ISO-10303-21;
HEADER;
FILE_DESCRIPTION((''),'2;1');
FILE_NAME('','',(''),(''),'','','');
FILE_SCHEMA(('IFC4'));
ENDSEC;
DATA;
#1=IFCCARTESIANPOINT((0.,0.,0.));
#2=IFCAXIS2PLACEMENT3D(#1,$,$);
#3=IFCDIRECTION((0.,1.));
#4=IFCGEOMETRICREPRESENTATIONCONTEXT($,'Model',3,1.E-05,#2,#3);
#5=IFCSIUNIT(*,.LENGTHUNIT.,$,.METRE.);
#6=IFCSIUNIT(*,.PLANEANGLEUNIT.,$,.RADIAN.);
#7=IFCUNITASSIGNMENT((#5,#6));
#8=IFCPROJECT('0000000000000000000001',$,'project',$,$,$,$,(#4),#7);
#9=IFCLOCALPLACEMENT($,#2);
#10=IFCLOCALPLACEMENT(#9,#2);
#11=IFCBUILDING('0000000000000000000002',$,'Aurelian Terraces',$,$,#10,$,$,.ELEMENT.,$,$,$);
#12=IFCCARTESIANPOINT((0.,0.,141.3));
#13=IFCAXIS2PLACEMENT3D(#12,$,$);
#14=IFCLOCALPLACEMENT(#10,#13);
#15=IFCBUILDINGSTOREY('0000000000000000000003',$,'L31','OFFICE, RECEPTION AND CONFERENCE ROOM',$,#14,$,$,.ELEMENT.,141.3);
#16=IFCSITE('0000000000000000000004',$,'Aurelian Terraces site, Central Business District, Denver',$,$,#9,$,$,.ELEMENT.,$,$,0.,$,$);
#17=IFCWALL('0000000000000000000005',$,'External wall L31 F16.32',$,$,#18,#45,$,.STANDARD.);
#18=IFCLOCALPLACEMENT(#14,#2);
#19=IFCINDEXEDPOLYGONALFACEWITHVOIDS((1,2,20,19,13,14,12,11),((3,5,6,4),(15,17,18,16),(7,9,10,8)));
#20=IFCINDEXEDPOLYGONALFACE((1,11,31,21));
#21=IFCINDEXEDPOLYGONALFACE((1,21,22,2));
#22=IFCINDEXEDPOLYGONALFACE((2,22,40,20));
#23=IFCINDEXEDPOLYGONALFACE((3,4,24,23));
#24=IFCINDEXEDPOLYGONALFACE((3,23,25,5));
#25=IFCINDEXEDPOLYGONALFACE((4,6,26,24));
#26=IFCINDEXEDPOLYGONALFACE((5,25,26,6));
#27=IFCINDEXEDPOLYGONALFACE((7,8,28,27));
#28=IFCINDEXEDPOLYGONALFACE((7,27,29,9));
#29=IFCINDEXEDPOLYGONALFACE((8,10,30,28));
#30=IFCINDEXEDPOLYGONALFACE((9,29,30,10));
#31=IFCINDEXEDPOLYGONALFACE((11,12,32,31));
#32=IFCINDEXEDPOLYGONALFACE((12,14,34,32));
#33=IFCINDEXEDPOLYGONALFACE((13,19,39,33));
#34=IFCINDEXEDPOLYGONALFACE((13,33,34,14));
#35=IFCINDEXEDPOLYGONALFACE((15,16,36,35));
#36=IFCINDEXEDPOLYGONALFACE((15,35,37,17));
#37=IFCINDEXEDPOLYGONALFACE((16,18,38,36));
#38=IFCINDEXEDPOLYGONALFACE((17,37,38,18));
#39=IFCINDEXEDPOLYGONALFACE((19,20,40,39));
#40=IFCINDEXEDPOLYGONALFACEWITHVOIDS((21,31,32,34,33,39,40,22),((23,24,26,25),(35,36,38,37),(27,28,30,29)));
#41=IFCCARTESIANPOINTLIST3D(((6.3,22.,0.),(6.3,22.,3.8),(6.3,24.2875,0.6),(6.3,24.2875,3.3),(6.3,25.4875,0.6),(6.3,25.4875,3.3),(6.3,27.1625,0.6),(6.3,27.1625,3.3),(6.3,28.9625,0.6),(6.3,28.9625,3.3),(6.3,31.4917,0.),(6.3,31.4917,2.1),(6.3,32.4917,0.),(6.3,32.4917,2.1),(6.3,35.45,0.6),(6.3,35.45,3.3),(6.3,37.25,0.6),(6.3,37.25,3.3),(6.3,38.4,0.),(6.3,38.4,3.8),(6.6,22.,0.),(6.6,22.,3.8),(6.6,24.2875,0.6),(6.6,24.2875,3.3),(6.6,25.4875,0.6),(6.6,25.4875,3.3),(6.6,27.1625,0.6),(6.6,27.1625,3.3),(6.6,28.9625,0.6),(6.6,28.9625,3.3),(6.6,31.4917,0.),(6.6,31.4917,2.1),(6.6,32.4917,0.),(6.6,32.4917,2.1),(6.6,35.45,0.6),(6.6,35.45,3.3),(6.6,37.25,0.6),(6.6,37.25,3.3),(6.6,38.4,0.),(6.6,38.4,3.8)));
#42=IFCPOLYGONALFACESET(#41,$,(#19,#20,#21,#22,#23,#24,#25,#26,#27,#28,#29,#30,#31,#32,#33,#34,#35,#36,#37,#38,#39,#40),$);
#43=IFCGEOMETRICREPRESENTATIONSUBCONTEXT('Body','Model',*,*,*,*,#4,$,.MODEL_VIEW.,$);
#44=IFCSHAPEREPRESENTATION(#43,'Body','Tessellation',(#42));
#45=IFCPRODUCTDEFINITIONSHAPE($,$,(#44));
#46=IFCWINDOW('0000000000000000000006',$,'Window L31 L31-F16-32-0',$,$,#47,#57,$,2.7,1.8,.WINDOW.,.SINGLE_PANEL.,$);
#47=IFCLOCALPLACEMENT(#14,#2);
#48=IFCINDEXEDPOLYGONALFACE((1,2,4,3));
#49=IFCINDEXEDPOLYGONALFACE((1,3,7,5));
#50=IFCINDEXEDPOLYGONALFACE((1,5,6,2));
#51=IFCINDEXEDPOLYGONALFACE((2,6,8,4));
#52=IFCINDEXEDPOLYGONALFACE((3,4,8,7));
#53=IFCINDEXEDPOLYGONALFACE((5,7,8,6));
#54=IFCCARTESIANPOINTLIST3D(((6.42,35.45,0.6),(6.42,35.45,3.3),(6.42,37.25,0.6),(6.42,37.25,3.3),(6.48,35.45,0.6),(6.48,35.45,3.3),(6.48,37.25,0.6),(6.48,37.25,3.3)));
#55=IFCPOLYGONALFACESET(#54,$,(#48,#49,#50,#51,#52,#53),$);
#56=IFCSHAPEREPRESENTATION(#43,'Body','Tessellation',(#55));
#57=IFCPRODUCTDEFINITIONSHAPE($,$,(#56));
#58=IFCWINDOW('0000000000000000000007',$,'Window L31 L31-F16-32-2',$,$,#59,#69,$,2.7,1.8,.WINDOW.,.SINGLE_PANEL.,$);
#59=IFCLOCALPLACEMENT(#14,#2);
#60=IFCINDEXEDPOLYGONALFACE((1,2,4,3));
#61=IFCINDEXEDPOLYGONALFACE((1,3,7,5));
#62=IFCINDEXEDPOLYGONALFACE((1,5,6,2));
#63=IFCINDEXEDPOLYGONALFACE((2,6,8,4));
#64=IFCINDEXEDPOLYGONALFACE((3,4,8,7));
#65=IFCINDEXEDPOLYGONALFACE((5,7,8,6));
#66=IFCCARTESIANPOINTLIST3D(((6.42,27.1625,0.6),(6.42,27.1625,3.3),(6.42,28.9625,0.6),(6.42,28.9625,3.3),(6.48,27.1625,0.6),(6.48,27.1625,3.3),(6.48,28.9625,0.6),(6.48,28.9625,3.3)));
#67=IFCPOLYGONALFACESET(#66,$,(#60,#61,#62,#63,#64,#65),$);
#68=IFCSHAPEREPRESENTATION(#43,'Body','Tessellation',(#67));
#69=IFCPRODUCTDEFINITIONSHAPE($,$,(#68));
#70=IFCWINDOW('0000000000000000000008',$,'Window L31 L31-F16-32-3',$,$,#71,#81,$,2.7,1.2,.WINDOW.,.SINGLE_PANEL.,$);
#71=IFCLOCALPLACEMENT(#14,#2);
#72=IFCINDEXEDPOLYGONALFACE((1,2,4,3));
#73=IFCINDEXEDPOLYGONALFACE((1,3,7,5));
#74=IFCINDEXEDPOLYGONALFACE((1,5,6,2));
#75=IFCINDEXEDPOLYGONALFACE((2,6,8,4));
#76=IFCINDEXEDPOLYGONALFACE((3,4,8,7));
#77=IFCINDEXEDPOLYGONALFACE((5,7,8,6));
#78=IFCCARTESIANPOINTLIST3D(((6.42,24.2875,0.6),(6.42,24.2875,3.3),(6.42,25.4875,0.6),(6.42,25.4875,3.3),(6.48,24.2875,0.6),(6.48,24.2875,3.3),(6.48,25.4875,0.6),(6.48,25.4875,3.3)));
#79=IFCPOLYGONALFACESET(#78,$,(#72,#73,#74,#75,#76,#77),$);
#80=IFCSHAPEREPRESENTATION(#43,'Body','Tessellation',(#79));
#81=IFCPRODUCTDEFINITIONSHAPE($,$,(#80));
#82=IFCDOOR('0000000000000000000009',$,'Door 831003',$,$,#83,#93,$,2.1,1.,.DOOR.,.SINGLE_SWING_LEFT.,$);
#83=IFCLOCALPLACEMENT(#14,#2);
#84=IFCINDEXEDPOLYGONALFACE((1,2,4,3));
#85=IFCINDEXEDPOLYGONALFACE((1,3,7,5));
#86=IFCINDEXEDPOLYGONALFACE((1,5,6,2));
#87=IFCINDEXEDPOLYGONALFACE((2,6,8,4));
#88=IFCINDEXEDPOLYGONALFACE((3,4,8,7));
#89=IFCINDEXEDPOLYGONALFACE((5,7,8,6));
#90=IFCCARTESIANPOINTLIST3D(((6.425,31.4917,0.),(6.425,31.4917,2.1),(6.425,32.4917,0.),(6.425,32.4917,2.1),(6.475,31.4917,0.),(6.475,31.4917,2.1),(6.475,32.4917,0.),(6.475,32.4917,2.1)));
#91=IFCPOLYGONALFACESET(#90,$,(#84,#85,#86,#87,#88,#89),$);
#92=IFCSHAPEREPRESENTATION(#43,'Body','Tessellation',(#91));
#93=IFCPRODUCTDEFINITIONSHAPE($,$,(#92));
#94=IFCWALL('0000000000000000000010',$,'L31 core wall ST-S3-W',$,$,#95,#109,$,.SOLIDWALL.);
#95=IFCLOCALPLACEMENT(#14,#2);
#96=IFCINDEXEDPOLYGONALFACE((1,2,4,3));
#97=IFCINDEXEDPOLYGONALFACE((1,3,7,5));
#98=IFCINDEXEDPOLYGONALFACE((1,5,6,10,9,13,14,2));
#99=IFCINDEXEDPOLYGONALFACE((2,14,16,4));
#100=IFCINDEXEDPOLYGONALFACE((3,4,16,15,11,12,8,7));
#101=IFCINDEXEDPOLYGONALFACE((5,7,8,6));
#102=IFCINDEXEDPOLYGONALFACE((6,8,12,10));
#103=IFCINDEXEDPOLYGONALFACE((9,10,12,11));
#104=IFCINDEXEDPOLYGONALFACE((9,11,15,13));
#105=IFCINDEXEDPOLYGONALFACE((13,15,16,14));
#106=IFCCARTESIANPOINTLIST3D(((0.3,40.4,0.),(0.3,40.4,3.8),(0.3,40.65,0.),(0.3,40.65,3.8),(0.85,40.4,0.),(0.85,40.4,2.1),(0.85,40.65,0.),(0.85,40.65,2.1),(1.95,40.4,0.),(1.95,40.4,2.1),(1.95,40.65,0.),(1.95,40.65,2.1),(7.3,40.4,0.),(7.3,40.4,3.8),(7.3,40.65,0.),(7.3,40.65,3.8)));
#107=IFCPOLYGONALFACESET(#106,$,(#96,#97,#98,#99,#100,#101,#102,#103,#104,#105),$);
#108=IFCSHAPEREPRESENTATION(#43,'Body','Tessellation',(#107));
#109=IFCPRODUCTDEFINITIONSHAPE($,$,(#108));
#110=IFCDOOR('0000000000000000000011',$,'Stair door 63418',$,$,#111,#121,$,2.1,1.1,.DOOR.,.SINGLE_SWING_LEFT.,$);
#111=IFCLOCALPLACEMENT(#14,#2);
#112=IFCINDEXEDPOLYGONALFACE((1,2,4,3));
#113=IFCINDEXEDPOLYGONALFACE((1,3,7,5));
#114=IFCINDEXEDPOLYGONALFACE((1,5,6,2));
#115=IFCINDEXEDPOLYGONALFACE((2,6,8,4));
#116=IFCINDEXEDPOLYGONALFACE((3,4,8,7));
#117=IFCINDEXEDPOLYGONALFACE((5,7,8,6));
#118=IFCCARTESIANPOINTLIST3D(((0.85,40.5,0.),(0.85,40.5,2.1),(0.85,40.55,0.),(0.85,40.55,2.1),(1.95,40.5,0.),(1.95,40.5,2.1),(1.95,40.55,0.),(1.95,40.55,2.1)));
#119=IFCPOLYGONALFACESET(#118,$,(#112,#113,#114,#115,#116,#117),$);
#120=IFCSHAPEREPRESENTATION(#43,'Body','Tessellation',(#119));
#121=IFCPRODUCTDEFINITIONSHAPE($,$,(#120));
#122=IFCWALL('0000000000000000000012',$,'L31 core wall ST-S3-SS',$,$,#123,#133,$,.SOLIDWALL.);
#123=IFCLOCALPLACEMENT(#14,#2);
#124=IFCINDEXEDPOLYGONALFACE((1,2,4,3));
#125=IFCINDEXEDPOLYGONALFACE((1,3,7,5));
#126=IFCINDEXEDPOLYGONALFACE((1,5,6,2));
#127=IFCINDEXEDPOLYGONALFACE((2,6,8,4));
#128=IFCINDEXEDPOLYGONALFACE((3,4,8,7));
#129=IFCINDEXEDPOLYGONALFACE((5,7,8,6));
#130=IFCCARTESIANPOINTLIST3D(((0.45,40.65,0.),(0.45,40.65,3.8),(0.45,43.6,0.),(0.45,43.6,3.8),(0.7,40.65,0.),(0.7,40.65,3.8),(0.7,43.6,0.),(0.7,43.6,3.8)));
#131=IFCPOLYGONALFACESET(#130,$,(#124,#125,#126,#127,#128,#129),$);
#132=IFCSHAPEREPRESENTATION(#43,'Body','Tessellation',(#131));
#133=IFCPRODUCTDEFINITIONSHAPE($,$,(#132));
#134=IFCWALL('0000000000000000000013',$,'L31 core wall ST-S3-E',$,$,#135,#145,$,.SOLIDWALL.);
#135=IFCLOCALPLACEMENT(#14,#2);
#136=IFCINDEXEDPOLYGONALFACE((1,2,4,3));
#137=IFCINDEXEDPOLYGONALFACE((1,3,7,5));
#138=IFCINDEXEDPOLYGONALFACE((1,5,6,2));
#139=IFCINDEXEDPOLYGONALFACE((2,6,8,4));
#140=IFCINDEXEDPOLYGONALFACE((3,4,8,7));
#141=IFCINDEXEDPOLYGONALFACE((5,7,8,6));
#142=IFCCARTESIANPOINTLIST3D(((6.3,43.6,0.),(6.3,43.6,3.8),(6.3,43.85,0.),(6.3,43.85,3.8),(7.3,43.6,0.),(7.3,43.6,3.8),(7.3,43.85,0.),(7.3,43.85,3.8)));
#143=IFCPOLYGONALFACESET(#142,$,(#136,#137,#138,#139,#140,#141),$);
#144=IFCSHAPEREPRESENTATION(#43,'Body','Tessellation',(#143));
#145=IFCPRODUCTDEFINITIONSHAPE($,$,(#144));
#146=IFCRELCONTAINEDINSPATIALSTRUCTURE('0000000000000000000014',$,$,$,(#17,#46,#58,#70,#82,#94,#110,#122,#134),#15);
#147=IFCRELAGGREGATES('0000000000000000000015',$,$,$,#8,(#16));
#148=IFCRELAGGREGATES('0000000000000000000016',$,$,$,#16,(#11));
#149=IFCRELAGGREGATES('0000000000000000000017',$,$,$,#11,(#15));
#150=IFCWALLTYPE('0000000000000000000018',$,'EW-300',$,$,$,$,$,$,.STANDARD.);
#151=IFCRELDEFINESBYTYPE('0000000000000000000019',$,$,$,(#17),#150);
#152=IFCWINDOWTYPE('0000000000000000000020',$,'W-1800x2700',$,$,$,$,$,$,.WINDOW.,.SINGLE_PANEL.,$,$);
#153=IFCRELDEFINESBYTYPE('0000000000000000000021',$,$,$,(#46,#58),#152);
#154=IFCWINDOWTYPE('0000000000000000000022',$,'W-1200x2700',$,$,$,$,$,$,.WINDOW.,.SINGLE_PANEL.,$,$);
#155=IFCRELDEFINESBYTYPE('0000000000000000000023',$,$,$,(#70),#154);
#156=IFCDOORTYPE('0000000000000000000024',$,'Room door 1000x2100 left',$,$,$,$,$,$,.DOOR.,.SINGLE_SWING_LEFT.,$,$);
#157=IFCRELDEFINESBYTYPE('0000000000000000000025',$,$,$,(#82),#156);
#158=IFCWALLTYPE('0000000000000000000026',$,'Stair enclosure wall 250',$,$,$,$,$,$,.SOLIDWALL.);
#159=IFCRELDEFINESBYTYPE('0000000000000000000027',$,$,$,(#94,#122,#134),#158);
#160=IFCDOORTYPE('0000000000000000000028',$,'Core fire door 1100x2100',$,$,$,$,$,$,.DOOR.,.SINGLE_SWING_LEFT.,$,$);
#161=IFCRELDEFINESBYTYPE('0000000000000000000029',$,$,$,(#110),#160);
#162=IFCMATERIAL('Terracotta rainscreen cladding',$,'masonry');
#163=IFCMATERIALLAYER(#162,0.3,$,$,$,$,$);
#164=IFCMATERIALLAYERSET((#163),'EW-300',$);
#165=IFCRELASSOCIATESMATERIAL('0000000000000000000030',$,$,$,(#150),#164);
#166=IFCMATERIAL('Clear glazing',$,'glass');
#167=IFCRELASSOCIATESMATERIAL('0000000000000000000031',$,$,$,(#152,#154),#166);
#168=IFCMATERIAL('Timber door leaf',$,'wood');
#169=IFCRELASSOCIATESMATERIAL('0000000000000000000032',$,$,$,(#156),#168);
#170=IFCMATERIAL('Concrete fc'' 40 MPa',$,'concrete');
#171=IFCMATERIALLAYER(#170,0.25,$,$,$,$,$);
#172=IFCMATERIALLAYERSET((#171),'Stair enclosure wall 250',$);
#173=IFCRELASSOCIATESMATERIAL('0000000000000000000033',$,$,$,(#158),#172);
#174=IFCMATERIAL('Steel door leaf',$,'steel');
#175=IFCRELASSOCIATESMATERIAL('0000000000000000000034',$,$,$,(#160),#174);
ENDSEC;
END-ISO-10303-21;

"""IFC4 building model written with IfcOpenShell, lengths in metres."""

from ifc_helpers import new_model, si_unit, direction, frame, frame_2d, origin, place, context, subcontext, project, spatial, rectangle, extrude, source, transform, mapped, material, layer, layer_set, type_object, element, fill, save


model = new_model("IFC4")

# Units and contexts
model_context = context("Model", 3, precision=1e-05, world=origin(), true_north=direction((0.0, 1.0)))
body_context = subcontext(model_context, "Body", "Model", "MODEL_VIEW")
ifc_project = project(units=[si_unit("LENGTHUNIT", "METRE"), si_unit("PLANEANGLEUNIT", "RADIAN")], contexts=[model_context])

# Site, building, storey
site_placement = place(None, origin())
site = spatial("IfcSite", under=ifc_project, at=site_placement, Name="Aurelian Terraces site, Central Business District, Denver", CompositionType="ELEMENT", RefElevation=0.0)
building_placement = place(site_placement, origin())
building = spatial("IfcBuilding", under=site, at=building_placement, Name="Aurelian Terraces", CompositionType="ELEMENT")
storey_placement = place(building_placement, frame((0.0, 0.0, 141.3)))
storey = spatial("IfcBuildingStorey", under=building, at=storey_placement, Name="L31", Description="OFFICE, RECEPTION AND CONFERENCE ROOM", CompositionType="ELEMENT", Elevation=141.3)

# Shared definitions
ifc_material_1 = material(Name="Concrete fc' 40 MPa", Category="concrete")

# Shared definitions
ifc_material_2 = material(Name="Terracotta rainscreen cladding", Category="masonry")
ifc_layer_1 = layer(ifc_material_2, 0.3)
ifc_layer_set_1 = layer_set([ifc_layer_1], Name="EW-300")
wall_type_1 = type_object("IfcWallType", Name="EW-300", PredefinedType="STANDARD", material=ifc_layer_set_1)
ifc_material_3 = material(Name="Clear glazing", Category="glass")

# Wall, openings, windows, door
shared_shape_1 = source(origin(), body_context, "Body", "SweptSolid", [
    extrude(rectangle(XDim=16.4, YDim=0.3, at=frame_2d((8.2, 0.0))), origin(), (0.0, 0.0, 1.0), 3.8),
])
wall_1_placement = place(storey_placement, frame((6.45, 38.4, 0.0), z_axis=(0.0, 0.0, 1.0), x_axis=(0.0, -1.0, 0.0)))
wall_1 = element("IfcWall", 1, at=wall_1_placement, inside=storey, type_object=wall_type_1, Name="External wall L31 F16.32", PredefinedType="STANDARD", context=body_context, shape_type="MappedRepresentation", body=[
    mapped(shared_shape_1, transform((0.0, 0.0, 0.0), scale=1.0)),
])
shared_shape_2 = source(origin(), body_context, "Body", "SweptSolid", [
    extrude(rectangle(XDim=1.8, YDim=2.7, at=frame_2d((0.9, 1.35))), frame((0.0, 0.16, 0.0), z_axis=(0.0, -1.0, 0.0), x_axis=(1.0, 0.0, 0.0)), (0.0, 0.0, 1.0), 0.32),
])
opening_1_placement = place(wall_1_placement, frame((1.15, 0.0, 0.6)))
opening_1 = element("IfcOpeningElement", 2, at=opening_1_placement, cuts=wall_1, PredefinedType="OPENING", context=body_context, shape_type="MappedRepresentation", body=[
    mapped(shared_shape_2, transform((0.0, 0.0, 0.0), scale=1.0)),
])
opening_2_placement = place(wall_1_placement, frame((9.4375, 0.0, 0.6)))
opening_2 = element("IfcOpeningElement", 3, at=opening_2_placement, cuts=wall_1, PredefinedType="OPENING", context=body_context, shape_type="MappedRepresentation", body=[
    mapped(shared_shape_2, transform((0.0, 0.0, 0.0), scale=1.0)),
])
shared_shape_3 = source(origin(), body_context, "Body", "SweptSolid", [
    extrude(rectangle(XDim=1.2, YDim=2.7, at=frame_2d((0.6, 1.35))), frame((0.0, 0.16, 0.0), z_axis=(0.0, -1.0, 0.0), x_axis=(1.0, 0.0, 0.0)), (0.0, 0.0, 1.0), 0.32),
])
opening_3_placement = place(wall_1_placement, frame((12.9125, 0.0, 0.6)))
opening_3 = element("IfcOpeningElement", 4, at=opening_3_placement, cuts=wall_1, PredefinedType="OPENING", context=body_context, shape_type="MappedRepresentation", body=[
    mapped(shared_shape_3, transform((0.0, 0.0, 0.0), scale=1.0)),
])
shared_shape_4 = source(origin(), body_context, "Body", "SweptSolid", [
    extrude(rectangle(XDim=1.0, YDim=2.1, at=frame_2d((0.5, 1.05))), frame((0.0, 0.16, 0.0), z_axis=(0.0, -1.0, 0.0), x_axis=(1.0, 0.0, 0.0)), (0.0, 0.0, 1.0), 0.32),
])
opening_4_placement = place(wall_1_placement, frame((5.9083, 0.0, 0.0)))
opening_4 = element("IfcOpeningElement", 5, at=opening_4_placement, cuts=wall_1, PredefinedType="OPENING", context=body_context, shape_type="MappedRepresentation", body=[
    mapped(shared_shape_4, transform((0.0, 0.0, 0.0), scale=1.0)),
])
window_type_1 = type_object("IfcWindowType", Name="W-1800x2700", PartitioningType="SINGLE_PANEL", PredefinedType="WINDOW", material=ifc_material_3)
shared_shape_5 = source(origin(), body_context, "Body", "SweptSolid", [
    extrude(rectangle(XDim=1.8, YDim=2.7, at=frame_2d((0.9, 1.35))), frame((0.0, 0.03, 0.0), z_axis=(0.0, -1.0, 0.0), x_axis=(1.0, 0.0, 0.0)), (0.0, 0.0, 1.0), 0.06),
])
window_1_placement = place(opening_1_placement, origin())
window_1 = element("IfcWindow", 6, at=window_1_placement, inside=storey, type_object=window_type_1, Name="Window L31 L31-F16-32-0", OverallHeight=2.7, OverallWidth=1.8, PartitioningType="SINGLE_PANEL", PredefinedType="WINDOW", context=body_context, shape_type="MappedRepresentation", body=[
    mapped(shared_shape_5, transform((0.0, 0.0, 0.0), scale=1.0)),
])
fill(opening_1, window_1)
window_2_placement = place(opening_2_placement, origin())
window_2 = element("IfcWindow", 7, at=window_2_placement, inside=storey, type_object=window_type_1, Name="Window L31 L31-F16-32-2", OverallHeight=2.7, OverallWidth=1.8, PartitioningType="SINGLE_PANEL", PredefinedType="WINDOW", context=body_context, shape_type="MappedRepresentation", body=[
    mapped(shared_shape_5, transform((0.0, 0.0, 0.0), scale=1.0)),
])
fill(opening_2, window_2)
window_type_2 = type_object("IfcWindowType", Name="W-1200x2700", PartitioningType="SINGLE_PANEL", PredefinedType="WINDOW", material=ifc_material_3)
shared_shape_6 = source(origin(), body_context, "Body", "SweptSolid", [
    extrude(rectangle(XDim=1.2, YDim=2.7, at=frame_2d((0.6, 1.35))), frame((0.0, 0.03, 0.0), z_axis=(0.0, -1.0, 0.0), x_axis=(1.0, 0.0, 0.0)), (0.0, 0.0, 1.0), 0.06),
])
window_3_placement = place(opening_3_placement, origin())
window_3 = element("IfcWindow", 8, at=window_3_placement, inside=storey, type_object=window_type_2, Name="Window L31 L31-F16-32-3", OverallHeight=2.7, OverallWidth=1.2, PartitioningType="SINGLE_PANEL", PredefinedType="WINDOW", context=body_context, shape_type="MappedRepresentation", body=[
    mapped(shared_shape_6, transform((0.0, 0.0, 0.0), scale=1.0)),
])
fill(opening_3, window_3)
ifc_material_4 = material(Name="Timber door leaf", Category="wood")
door_type_1 = type_object("IfcDoorType", Name="Room door 1000x2100 left", OperationType="SINGLE_SWING_LEFT", PredefinedType="DOOR", material=ifc_material_4)
shared_shape_7 = source(origin(), body_context, "Body", "SweptSolid", [
    extrude(rectangle(XDim=1.0, YDim=2.1, at=frame_2d((0.5, 1.05))), frame((0.0, 0.025, 0.0), z_axis=(0.0, -1.0, 0.0), x_axis=(1.0, 0.0, 0.0)), (0.0, 0.0, 1.0), 0.05),
])
door_1_placement = place(opening_4_placement, origin())
door_1 = element("IfcDoor", 9, at=door_1_placement, inside=storey, type_object=door_type_1, Name="Door 831003", OperationType="SINGLE_SWING_LEFT", OverallHeight=2.1, OverallWidth=1.0, PredefinedType="DOOR", context=body_context, shape_type="MappedRepresentation", body=[
    mapped(shared_shape_7, transform((0.0, 0.0, 0.0), scale=1.0)),
])
fill(opening_4, door_1)

# Wall, opening, door
ifc_layer_2 = layer(ifc_material_1, 0.25)
ifc_layer_set_2 = layer_set([ifc_layer_2], Name="Stair enclosure wall 250")
wall_type_2 = type_object("IfcWallType", Name="Stair enclosure wall 250", PredefinedType="SOLIDWALL", material=ifc_layer_set_2)
shared_shape_8 = source(origin(), body_context, "Body", "SweptSolid", [
    extrude(rectangle(XDim=7.0, YDim=0.25, at=frame_2d((3.5, 0.0))), origin(), (0.0, 0.0, 1.0), 3.8),
])
wall_2_placement = place(storey_placement, frame((0.3, 40.525, 0.0), z_axis=(0.0, 0.0, 1.0), x_axis=(1.0, 0.0, 0.0)))
wall_2 = element("IfcWall", 10, at=wall_2_placement, inside=storey, type_object=wall_type_2, Name="L31 core wall ST-S3-W", PredefinedType="SOLIDWALL", context=body_context, shape_type="MappedRepresentation", body=[
    mapped(shared_shape_8, transform((0.0, 0.0, 0.0), scale=1.0)),
])
shared_shape_9 = source(origin(), body_context, "Body", "SweptSolid", [
    extrude(rectangle(XDim=1.1, YDim=2.1, at=frame_2d((0.55, 1.05))), frame((0.0, 0.135, 0.0), z_axis=(0.0, -1.0, 0.0), x_axis=(1.0, 0.0, 0.0)), (0.0, 0.0, 1.0), 0.27),
])
opening_5_placement = place(wall_2_placement, frame((0.55, 0.0, 0.0)))
opening_5 = element("IfcOpeningElement", 11, at=opening_5_placement, cuts=wall_2, PredefinedType="OPENING", context=body_context, shape_type="MappedRepresentation", body=[
    mapped(shared_shape_9, transform((0.0, 0.0, 0.0), scale=1.0)),
])
ifc_material_5 = material(Name="Steel door leaf", Category="steel")
door_type_2 = type_object("IfcDoorType", Name="Core fire door 1100x2100", OperationType="SINGLE_SWING_LEFT", PredefinedType="DOOR", material=ifc_material_5)
shared_shape_10 = source(origin(), body_context, "Body", "SweptSolid", [
    extrude(rectangle(XDim=1.1, YDim=2.1, at=frame_2d((0.55, 1.05))), frame((0.0, 0.025, 0.0), z_axis=(0.0, -1.0, 0.0), x_axis=(1.0, 0.0, 0.0)), (0.0, 0.0, 1.0), 0.05),
])
door_2_placement = place(opening_5_placement, origin())
door_2 = element("IfcDoor", 12, at=door_2_placement, inside=storey, type_object=door_type_2, Name="Stair door 63418", OperationType="SINGLE_SWING_LEFT", OverallHeight=2.1, OverallWidth=1.1, PredefinedType="DOOR", context=body_context, shape_type="MappedRepresentation", body=[
    mapped(shared_shape_10, transform((0.0, 0.0, 0.0), scale=1.0)),
])
fill(opening_5, door_2)

# Walls
shared_shape_11 = source(origin(), body_context, "Body", "SweptSolid", [
    extrude(rectangle(XDim=2.95, YDim=0.25, at=frame_2d((1.475, 0.0))), origin(), (0.0, 0.0, 1.0), 3.8),
])
wall_3_placement = place(storey_placement, frame((0.575, 40.65, 0.0), z_axis=(0.0, 0.0, 1.0), x_axis=(0.0, 1.0, 0.0)))
element("IfcWall", 13, at=wall_3_placement, inside=storey, type_object=wall_type_2, Name="L31 core wall ST-S3-SS", PredefinedType="SOLIDWALL", context=body_context, shape_type="MappedRepresentation", body=[
    mapped(shared_shape_11, transform((0.0, 0.0, 0.0), scale=1.0)),
])
shared_shape_12 = source(origin(), body_context, "Body", "SweptSolid", [
    extrude(rectangle(XDim=1.0, YDim=0.25, at=frame_2d((0.5, 0.0))), origin(), (0.0, 0.0, 1.0), 3.8),
])
wall_4_placement = place(storey_placement, frame((6.3, 43.725, 0.0), z_axis=(0.0, 0.0, 1.0), x_axis=(1.0, 0.0, 0.0)))
element("IfcWall", 14, at=wall_4_placement, inside=storey, type_object=wall_type_2, Name="L31 core wall ST-S3-E", PredefinedType="SOLIDWALL", context=body_context, shape_type="MappedRepresentation", body=[
    mapped(shared_shape_12, transform((0.0, 0.0, 0.0), scale=1.0)),
])

save(model, "model.ifc")
